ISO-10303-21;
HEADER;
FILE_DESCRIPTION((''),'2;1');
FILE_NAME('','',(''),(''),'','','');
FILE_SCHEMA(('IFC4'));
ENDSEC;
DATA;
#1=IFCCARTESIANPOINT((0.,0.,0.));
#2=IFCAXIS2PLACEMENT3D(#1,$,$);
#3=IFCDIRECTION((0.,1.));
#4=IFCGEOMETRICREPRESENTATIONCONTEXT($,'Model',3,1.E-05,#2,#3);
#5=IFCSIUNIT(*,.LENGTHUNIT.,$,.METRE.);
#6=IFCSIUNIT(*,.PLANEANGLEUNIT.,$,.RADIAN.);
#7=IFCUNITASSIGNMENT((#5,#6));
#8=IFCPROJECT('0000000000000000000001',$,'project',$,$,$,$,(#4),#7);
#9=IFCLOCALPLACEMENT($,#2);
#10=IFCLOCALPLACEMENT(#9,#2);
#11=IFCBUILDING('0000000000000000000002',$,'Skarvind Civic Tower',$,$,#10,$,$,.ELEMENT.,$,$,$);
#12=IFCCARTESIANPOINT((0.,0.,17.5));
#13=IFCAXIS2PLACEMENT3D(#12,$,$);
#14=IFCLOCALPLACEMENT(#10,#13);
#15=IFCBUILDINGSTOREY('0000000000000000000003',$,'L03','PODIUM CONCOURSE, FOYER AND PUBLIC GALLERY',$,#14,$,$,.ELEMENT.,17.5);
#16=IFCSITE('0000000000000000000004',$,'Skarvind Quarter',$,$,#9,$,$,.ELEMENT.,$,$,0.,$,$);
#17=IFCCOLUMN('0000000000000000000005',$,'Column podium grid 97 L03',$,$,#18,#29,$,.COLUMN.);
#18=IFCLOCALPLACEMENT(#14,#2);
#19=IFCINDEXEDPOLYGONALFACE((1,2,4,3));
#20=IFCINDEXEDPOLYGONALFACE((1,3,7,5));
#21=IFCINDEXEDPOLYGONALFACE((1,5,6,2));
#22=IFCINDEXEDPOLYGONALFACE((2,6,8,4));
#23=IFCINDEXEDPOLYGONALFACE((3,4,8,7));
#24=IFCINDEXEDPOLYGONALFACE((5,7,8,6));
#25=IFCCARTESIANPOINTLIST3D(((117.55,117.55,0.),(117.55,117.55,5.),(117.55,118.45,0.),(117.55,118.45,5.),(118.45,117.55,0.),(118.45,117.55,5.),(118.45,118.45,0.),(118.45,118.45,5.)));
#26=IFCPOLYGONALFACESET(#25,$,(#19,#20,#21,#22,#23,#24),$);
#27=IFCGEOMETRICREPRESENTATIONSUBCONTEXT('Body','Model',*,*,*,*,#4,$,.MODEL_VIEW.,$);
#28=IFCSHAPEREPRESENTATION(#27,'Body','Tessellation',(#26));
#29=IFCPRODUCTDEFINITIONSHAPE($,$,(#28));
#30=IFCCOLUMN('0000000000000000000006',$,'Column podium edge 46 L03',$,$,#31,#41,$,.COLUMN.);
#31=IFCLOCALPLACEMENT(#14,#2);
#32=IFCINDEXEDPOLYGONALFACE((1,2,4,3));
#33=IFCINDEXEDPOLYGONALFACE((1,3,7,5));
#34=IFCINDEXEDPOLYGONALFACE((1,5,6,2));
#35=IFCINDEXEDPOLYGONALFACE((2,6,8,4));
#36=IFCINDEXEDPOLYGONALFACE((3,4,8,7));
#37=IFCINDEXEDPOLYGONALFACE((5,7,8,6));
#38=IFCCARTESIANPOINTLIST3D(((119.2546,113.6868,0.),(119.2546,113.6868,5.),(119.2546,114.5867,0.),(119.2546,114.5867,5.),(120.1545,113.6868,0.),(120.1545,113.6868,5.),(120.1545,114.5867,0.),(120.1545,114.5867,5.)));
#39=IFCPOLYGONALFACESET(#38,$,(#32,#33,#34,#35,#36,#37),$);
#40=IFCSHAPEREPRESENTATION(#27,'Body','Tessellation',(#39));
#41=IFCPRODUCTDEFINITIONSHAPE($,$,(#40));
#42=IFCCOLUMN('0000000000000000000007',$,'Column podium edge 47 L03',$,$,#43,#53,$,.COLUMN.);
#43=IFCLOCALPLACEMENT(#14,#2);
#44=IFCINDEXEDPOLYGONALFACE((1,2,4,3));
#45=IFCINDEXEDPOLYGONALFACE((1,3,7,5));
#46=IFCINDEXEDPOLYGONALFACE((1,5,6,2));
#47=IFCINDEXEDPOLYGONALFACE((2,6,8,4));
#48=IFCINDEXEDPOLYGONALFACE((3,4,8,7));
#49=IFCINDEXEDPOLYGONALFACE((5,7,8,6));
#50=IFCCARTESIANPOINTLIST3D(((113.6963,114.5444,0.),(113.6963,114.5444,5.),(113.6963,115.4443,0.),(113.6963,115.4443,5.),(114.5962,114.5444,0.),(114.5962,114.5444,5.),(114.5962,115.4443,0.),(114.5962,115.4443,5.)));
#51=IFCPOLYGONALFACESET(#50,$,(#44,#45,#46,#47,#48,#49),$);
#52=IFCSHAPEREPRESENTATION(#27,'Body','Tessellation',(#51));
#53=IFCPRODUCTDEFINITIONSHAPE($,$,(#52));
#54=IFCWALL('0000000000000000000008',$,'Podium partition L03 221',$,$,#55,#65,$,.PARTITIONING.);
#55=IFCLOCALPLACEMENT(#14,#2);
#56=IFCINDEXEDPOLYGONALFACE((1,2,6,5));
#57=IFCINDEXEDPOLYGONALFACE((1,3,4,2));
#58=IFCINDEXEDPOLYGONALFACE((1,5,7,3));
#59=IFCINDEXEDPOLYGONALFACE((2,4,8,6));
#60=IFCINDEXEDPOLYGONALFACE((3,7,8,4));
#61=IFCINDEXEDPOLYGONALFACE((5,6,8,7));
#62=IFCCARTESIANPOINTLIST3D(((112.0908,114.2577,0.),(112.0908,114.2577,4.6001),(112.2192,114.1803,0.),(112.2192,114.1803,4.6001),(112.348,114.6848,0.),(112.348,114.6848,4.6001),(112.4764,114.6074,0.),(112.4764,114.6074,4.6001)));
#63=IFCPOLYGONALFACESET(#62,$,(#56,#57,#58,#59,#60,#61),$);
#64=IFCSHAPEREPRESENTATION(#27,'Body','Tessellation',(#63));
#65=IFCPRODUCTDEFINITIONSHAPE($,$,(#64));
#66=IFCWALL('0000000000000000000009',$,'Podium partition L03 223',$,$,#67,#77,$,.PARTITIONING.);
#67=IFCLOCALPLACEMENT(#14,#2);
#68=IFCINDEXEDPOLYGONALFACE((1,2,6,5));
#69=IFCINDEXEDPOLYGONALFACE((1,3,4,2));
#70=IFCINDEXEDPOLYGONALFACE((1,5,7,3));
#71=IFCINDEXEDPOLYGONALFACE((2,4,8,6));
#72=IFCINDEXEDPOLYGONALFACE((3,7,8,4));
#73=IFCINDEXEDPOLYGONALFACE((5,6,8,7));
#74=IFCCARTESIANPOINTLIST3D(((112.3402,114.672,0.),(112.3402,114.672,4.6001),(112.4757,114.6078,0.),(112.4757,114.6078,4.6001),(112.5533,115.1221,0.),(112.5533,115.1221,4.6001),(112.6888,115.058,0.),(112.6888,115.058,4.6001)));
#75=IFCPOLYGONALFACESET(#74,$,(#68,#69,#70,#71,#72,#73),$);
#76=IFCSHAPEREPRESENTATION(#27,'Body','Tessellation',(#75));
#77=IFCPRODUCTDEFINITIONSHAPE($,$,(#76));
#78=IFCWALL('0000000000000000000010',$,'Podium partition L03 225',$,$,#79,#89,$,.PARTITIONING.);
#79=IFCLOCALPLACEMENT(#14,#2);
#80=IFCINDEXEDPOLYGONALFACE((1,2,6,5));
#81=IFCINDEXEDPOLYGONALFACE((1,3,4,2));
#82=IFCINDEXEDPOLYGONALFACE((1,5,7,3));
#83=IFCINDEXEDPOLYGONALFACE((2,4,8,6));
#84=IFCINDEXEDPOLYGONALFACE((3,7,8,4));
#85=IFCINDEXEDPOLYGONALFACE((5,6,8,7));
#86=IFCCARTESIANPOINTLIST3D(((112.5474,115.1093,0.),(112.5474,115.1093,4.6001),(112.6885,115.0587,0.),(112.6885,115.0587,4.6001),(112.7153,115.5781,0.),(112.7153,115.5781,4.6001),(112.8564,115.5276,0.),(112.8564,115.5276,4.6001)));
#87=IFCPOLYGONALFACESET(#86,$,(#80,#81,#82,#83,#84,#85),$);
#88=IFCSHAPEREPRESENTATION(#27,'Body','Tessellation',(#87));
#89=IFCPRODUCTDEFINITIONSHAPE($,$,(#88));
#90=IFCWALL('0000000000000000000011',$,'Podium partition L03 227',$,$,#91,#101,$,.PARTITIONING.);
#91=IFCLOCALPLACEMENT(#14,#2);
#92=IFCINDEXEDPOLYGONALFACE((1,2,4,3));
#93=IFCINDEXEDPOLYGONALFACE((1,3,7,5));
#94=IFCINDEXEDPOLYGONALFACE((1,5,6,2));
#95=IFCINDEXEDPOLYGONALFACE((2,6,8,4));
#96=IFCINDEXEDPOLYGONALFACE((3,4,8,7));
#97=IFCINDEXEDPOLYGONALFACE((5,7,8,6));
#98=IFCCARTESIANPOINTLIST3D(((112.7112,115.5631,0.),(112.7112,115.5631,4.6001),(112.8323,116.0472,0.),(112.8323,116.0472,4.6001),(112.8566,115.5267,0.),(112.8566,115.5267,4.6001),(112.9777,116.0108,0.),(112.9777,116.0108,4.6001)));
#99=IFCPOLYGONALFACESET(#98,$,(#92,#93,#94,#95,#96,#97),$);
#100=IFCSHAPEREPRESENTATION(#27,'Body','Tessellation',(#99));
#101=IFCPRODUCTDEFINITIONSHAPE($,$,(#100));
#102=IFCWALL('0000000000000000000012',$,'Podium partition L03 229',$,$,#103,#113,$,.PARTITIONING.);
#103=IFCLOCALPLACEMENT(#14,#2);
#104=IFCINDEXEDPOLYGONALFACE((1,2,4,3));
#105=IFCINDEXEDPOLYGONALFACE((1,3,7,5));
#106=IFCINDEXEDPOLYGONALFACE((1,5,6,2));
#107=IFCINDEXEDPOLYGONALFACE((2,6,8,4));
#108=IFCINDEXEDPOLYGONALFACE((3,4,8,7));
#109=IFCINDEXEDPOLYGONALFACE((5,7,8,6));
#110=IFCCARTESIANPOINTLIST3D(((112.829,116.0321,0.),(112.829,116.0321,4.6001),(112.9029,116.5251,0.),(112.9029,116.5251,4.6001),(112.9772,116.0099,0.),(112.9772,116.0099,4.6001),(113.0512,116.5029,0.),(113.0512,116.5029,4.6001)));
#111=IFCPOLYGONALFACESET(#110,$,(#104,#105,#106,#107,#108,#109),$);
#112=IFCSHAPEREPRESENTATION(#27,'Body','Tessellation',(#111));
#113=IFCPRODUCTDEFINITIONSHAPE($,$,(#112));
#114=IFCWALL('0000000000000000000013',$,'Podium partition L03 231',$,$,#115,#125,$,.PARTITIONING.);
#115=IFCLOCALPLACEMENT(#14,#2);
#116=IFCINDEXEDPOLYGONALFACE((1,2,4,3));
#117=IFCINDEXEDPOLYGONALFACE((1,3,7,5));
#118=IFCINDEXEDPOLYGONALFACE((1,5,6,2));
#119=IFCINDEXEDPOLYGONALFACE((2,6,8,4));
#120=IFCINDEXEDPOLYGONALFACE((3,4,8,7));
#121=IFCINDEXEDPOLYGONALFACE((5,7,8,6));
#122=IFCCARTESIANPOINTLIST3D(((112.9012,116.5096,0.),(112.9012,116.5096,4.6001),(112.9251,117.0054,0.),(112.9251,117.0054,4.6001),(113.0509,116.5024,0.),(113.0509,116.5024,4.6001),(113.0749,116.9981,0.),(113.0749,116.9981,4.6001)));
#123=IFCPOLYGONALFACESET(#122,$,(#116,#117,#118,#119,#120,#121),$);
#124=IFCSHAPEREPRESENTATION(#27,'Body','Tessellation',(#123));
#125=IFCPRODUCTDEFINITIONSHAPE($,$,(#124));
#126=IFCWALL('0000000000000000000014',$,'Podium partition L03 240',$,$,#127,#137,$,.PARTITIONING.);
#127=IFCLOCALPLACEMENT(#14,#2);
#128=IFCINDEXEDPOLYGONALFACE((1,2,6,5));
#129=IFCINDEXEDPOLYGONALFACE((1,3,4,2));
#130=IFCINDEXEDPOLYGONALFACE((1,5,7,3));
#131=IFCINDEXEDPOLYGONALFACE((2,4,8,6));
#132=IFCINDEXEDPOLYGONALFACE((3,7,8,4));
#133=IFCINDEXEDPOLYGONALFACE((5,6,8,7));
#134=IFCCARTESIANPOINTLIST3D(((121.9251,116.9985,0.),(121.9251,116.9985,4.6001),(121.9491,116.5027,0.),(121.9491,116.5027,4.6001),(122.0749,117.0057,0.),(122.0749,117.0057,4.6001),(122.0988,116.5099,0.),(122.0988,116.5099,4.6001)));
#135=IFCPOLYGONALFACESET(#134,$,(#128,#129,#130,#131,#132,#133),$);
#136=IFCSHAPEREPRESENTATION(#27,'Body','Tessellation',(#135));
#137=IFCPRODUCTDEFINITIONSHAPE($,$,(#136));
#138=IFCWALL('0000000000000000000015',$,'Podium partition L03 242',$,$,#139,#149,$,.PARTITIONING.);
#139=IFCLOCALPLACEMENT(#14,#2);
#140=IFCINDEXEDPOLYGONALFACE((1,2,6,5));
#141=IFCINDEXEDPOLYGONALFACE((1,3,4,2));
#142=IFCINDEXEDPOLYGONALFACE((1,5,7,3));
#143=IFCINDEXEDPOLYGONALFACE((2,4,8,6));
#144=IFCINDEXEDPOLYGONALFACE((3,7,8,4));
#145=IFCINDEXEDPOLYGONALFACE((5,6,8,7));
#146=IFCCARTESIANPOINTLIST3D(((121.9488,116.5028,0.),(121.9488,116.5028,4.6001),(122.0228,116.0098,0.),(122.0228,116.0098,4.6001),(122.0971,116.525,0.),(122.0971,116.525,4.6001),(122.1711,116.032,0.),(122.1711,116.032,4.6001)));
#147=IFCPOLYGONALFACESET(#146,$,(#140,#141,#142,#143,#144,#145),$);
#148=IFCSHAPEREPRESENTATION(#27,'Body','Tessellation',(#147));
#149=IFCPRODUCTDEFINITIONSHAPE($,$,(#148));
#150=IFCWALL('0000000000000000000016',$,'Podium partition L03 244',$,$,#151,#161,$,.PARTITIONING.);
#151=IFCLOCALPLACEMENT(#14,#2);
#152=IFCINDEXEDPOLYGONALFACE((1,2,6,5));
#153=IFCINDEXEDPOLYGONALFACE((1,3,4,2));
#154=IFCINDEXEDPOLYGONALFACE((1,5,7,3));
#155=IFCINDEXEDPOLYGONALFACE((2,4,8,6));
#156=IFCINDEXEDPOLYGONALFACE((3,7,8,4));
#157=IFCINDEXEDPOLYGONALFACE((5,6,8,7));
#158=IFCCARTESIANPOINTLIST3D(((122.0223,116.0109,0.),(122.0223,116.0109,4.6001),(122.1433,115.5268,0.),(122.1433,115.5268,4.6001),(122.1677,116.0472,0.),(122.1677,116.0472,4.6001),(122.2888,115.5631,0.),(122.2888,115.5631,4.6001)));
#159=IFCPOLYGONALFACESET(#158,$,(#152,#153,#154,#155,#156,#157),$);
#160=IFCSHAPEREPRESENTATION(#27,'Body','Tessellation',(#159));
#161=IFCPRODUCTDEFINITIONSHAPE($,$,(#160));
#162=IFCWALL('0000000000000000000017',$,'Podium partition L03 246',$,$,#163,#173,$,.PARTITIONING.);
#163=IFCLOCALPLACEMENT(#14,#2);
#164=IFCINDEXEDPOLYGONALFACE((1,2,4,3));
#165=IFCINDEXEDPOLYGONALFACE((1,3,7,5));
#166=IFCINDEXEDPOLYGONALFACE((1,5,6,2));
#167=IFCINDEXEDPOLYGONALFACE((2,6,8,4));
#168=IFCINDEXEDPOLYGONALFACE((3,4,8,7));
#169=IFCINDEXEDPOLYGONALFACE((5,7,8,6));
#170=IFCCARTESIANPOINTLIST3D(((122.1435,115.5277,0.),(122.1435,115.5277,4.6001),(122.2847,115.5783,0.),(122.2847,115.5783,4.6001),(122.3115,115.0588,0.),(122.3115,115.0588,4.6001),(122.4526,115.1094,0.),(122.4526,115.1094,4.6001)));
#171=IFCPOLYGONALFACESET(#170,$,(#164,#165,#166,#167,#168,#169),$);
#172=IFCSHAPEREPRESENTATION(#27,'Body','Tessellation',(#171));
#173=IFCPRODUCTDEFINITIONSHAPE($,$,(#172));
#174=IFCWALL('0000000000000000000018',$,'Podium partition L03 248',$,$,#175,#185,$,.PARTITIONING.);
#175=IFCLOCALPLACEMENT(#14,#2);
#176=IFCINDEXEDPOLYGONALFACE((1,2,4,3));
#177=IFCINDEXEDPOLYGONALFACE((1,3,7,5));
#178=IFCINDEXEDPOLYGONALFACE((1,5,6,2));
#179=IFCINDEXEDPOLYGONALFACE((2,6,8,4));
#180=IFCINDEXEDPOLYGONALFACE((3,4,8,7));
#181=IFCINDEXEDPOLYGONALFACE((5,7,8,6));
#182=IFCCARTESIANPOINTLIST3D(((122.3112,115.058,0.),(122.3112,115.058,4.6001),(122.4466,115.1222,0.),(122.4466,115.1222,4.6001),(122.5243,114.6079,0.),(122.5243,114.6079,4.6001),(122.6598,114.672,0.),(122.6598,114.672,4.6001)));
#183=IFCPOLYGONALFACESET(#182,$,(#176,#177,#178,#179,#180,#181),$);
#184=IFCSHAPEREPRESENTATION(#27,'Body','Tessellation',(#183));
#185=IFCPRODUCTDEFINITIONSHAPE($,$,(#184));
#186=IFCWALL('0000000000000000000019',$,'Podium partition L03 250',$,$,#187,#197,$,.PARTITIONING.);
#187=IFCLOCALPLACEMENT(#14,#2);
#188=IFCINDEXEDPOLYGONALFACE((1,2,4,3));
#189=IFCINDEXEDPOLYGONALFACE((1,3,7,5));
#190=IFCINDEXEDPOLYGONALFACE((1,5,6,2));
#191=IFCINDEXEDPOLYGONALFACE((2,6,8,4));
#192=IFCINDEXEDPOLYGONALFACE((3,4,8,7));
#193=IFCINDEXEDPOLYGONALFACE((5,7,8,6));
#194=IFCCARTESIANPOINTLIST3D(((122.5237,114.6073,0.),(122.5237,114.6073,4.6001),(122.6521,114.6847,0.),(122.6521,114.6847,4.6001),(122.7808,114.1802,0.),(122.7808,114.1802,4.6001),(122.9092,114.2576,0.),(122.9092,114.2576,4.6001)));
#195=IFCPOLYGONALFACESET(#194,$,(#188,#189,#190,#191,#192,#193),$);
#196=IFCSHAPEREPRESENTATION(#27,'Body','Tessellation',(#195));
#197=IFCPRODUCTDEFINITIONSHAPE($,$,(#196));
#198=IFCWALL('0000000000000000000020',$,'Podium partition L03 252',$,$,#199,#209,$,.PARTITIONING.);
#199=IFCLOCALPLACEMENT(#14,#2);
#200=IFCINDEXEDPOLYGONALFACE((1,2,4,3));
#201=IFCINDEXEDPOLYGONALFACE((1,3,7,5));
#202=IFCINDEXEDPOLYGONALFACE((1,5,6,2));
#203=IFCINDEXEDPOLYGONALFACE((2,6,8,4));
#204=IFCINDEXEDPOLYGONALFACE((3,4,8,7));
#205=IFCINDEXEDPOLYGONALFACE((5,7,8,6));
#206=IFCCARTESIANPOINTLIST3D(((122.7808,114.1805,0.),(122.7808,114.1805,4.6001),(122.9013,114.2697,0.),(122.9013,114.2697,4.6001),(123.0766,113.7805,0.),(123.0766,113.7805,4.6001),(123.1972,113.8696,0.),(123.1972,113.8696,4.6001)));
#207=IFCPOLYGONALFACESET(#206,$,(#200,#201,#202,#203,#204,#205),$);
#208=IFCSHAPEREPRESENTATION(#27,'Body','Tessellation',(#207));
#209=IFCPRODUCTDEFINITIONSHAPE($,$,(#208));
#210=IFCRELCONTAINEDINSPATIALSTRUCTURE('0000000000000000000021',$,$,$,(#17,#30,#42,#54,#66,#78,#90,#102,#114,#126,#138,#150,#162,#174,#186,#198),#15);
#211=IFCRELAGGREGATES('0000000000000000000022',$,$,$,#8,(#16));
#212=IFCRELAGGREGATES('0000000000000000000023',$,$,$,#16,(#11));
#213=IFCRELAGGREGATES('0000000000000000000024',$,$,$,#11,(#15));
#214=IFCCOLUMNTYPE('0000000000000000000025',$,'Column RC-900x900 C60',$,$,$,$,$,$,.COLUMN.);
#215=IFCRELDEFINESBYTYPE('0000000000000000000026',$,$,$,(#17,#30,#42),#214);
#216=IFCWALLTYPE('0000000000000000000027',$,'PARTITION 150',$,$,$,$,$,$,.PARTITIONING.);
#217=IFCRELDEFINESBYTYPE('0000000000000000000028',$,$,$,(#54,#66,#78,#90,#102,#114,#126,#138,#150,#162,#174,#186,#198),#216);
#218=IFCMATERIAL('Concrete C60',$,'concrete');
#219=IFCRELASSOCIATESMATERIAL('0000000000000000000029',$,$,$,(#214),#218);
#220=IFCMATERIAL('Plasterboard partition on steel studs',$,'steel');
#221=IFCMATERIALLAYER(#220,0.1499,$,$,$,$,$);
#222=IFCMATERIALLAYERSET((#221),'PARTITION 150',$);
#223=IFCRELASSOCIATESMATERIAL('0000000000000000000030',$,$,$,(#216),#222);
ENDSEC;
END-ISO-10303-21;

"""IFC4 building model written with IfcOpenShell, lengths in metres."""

from ifc_helpers import new_model, si_unit, direction, frame, frame_2d, origin, origin_2d, place, context, subcontext, project, spatial, rectangle, extrude, material, layer, layer_set, material_profile, profile_set, type_object, element, save


model = new_model("IFC4")

# Units and contexts
model_context = context("Model", 3, precision=1e-05, world=origin(), true_north=direction((0.0, 1.0)))
body_context = subcontext(model_context, "Body", "Model", "MODEL_VIEW")
ifc_project = project(units=[si_unit("LENGTHUNIT", "METRE"), si_unit("PLANEANGLEUNIT", "RADIAN")], contexts=[model_context])

# Site, building, storey
site_placement = place(None, origin())
site = spatial("IfcSite", under=ifc_project, at=site_placement, Name="Skarvind Quarter", CompositionType="ELEMENT", RefElevation=0.0)
building_placement = place(site_placement, origin())
building = spatial("IfcBuilding", under=site, at=building_placement, Name="Skarvind Civic Tower", CompositionType="ELEMENT")
storey_placement = place(building_placement, frame((0.0, 0.0, 17.5)))
storey = spatial("IfcBuildingStorey", under=building, at=storey_placement, Name="L03", Description="PODIUM CONCOURSE, FOYER AND PUBLIC GALLERY", CompositionType="ELEMENT", Elevation=17.5)

# Columns
ifc_material_1 = material(Name="Concrete C60", Category="concrete")
ifc_material_profile = material_profile(ifc_material_1, rectangle(XDim=0.8999, YDim=0.8999, at=origin_2d()), Name="RC-900x900")
ifc_profile_set = profile_set([ifc_material_profile], Name="Concrete C60")
column_type = type_object("IfcColumnType", Name="Column RC-900x900 C60", PredefinedType="COLUMN", material=ifc_profile_set)
for number, where, z_axis, x_axis, name in (
    (1, (118.0, 118.0, 0.0), (0.0, 0.0, 1.0), (1.0, 0.0, 0.0), "Column podium grid 97 L03"),
    (2, (119.7046, 114.1367, 0.0), (0.0, 0.0, 1.0), (1.0, 0.0, 0.0), "Column podium edge 46 L03"),
    (3, (114.1462, 114.9944, 0.0), (0.0, 0.0, 1.0), (1.0, 0.0, 0.0), "Column podium edge 47 L03"),
):
    element("IfcColumn", number, at=place(storey_placement, frame(where, z_axis=z_axis, x_axis=x_axis)), inside=storey, type_object=column_type, Name=name, PredefinedType="COLUMN", context=body_context, shape_type="SweptSolid", body=[
        extrude(rectangle(XDim=0.8999, YDim=0.8999, at=origin_2d()), origin(), (0.0, 0.0, 1.0), 5.0),
    ])

# Walls
ifc_material_2 = material(Name="Plasterboard partition on steel studs", Category="steel")
ifc_layer_1 = layer(ifc_material_2, 0.1499)
ifc_layer_set_1 = layer_set([ifc_layer_1], Name="PARTITION 150")
wall_type_1 = type_object("IfcWallType", Name="PARTITION 150", PredefinedType="PARTITIONING", material=ifc_layer_set_1)
wall_1_placement = place(storey_placement, frame((112.155, 114.219, 0.0), z_axis=(0.0, 0.0, 1.0), x_axis=(0.515792, 0.856714, 0.0)))
element("IfcWall", 4, at=wall_1_placement, inside=storey, type_object=wall_type_1, Name="Podium partition L03 221", PredefinedType="PARTITIONING", context=body_context, shape_type="SweptSolid", body=[
    extrude(rectangle(XDim=0.4985, YDim=0.1499, at=frame_2d((0.2493, 0.0))), origin(), (0.0, 0.0, 1.0), 4.6001),
])
for number, where, z_axis, x_axis, name in (
    (5, (112.408, 114.6399, 0.0), (0.0, 0.0, 1.0), (0.427897, 0.903828, 0.0), "Podium partition L03 223"),
    (6, (112.6179, 115.084, 0.0), (0.0, 0.0, 1.0), (0.337174, 0.941442, 0.0), "Podium partition L03 225"),
):
    element("IfcWall", number, at=place(storey_placement, frame(where, z_axis=z_axis, x_axis=x_axis)), inside=storey, type_object=wall_type_1, Name=name, PredefinedType="PARTITIONING", context=body_context, shape_type="SweptSolid", body=[
        extrude(rectangle(XDim=0.498, YDim=0.1499, at=frame_2d((0.249, 0.0))), origin(), (0.0, 0.0, 1.0), 4.6001),
    ])
wall_2_placement = place(storey_placement, frame((112.7839, 115.5449, 0.0), z_axis=(0.0, 0.0, 1.0), x_axis=(0.242651, 0.970114, 0.0)))
element("IfcWall", 7, at=wall_2_placement, inside=storey, type_object=wall_type_1, Name="Podium partition L03 227", PredefinedType="PARTITIONING", context=body_context, shape_type="SweptSolid", body=[
    extrude(rectangle(XDim=0.499, YDim=0.1499, at=frame_2d((0.2495, 0.0))), origin(), (0.0, 0.0, 1.0), 4.6001),
])
wall_3_placement = place(storey_placement, frame((112.9031, 116.021, 0.0), z_axis=(0.0, 0.0, 1.0), x_axis=(0.148412, 0.988926, 0.0)))
element("IfcWall", 8, at=wall_3_placement, inside=storey, type_object=wall_type_1, Name="Podium partition L03 229", PredefinedType="PARTITIONING", context=body_context, shape_type="SweptSolid", body=[
    extrude(rectangle(XDim=0.4985, YDim=0.1499, at=frame_2d((0.2493, 0.0))), origin(), (0.0, 0.0, 1.0), 4.6001),
])
for number, where, z_axis, x_axis, name in (
    (9, (112.9761, 116.5061, 0.0), (0.0, 0.0, 1.0), (0.048196, 0.998838, 0.0), "Podium partition L03 231"),
    (10, (122.0, 117.002, 0.0), (0.0, 0.0, 1.0), (0.048196, -0.998838, 0.0), "Podium partition L03 240"),
):
    element("IfcWall", number, at=place(storey_placement, frame(where, z_axis=z_axis, x_axis=x_axis)), inside=storey, type_object=wall_type_1, Name=name, PredefinedType="PARTITIONING", context=body_context, shape_type="SweptSolid", body=[
        extrude(rectangle(XDim=0.4963, YDim=0.1499, at=frame_2d((0.248, 0.0))), origin(), (0.0, 0.0, 1.0), 4.6001),
    ])
wall_4_placement = place(storey_placement, frame((122.0229, 116.5139, 0.0), z_axis=(0.0, 0.0, 1.0), x_axis=(0.148412, -0.988926, 0.0)))
element("IfcWall", 11, at=wall_4_placement, inside=storey, type_object=wall_type_1, Name="Podium partition L03 242", PredefinedType="PARTITIONING", context=body_context, shape_type="SweptSolid", body=[
    extrude(rectangle(XDim=0.4985, YDim=0.1499, at=frame_2d((0.2493, 0.0))), origin(), (0.0, 0.0, 1.0), 4.6001),
])
wall_5_placement = place(storey_placement, frame((122.095, 116.0291, 0.0), z_axis=(0.0, 0.0, 1.0), x_axis=(0.242651, -0.970114, 0.0)))
element("IfcWall", 12, at=wall_5_placement, inside=storey, type_object=wall_type_1, Name="Podium partition L03 244", PredefinedType="PARTITIONING", context=body_context, shape_type="SweptSolid", body=[
    extrude(rectangle(XDim=0.499, YDim=0.1499, at=frame_2d((0.2495, 0.0))), origin(), (0.0, 0.0, 1.0), 4.6001),
])
for number, where, z_axis, x_axis, name in (
    (13, (122.2141, 115.553, 0.0), (0.0, 0.0, 1.0), (0.337174, -0.941442, 0.0), "Podium partition L03 246"),
    (14, (122.3789, 115.0901, 0.0), (0.0, 0.0, 1.0), (0.427897, -0.903828, 0.0), "Podium partition L03 248"),
):
    element("IfcWall", number, at=place(storey_placement, frame(where, z_axis=z_axis, x_axis=x_axis)), inside=storey, type_object=wall_type_1, Name=name, PredefinedType="PARTITIONING", context=body_context, shape_type="SweptSolid", body=[
        extrude(rectangle(XDim=0.498, YDim=0.1499, at=frame_2d((0.249, 0.0))), origin(), (0.0, 0.0, 1.0), 4.6001),
    ])
wall_6_placement = place(storey_placement, frame((122.5879, 114.646, 0.0), z_axis=(0.0, 0.0, 1.0), x_axis=(0.515792, -0.856714, 0.0)))
element("IfcWall", 15, at=wall_6_placement, inside=storey, type_object=wall_type_1, Name="Podium partition L03 250", PredefinedType="PARTITIONING", context=body_context, shape_type="SweptSolid", body=[
    extrude(rectangle(XDim=0.4985, YDim=0.1499, at=frame_2d((0.2493, 0.0))), origin(), (0.0, 0.0, 1.0), 4.6001),
])
wall_7_placement = place(storey_placement, frame((122.8411, 114.2251, 0.0), z_axis=(0.0, 0.0, 1.0), x_axis=(0.59457, -0.804044, 0.0)))
element("IfcWall", 16, at=wall_7_placement, inside=storey, type_object=wall_type_1, Name="Podium partition L03 252", PredefinedType="PARTITIONING", context=body_context, shape_type="SweptSolid", body=[
    extrude(rectangle(XDim=0.4976, YDim=0.1499, at=frame_2d((0.2488, 0.0))), origin(), (0.0, 0.0, 1.0), 4.6001),
])

save(model, "model.ifc")
